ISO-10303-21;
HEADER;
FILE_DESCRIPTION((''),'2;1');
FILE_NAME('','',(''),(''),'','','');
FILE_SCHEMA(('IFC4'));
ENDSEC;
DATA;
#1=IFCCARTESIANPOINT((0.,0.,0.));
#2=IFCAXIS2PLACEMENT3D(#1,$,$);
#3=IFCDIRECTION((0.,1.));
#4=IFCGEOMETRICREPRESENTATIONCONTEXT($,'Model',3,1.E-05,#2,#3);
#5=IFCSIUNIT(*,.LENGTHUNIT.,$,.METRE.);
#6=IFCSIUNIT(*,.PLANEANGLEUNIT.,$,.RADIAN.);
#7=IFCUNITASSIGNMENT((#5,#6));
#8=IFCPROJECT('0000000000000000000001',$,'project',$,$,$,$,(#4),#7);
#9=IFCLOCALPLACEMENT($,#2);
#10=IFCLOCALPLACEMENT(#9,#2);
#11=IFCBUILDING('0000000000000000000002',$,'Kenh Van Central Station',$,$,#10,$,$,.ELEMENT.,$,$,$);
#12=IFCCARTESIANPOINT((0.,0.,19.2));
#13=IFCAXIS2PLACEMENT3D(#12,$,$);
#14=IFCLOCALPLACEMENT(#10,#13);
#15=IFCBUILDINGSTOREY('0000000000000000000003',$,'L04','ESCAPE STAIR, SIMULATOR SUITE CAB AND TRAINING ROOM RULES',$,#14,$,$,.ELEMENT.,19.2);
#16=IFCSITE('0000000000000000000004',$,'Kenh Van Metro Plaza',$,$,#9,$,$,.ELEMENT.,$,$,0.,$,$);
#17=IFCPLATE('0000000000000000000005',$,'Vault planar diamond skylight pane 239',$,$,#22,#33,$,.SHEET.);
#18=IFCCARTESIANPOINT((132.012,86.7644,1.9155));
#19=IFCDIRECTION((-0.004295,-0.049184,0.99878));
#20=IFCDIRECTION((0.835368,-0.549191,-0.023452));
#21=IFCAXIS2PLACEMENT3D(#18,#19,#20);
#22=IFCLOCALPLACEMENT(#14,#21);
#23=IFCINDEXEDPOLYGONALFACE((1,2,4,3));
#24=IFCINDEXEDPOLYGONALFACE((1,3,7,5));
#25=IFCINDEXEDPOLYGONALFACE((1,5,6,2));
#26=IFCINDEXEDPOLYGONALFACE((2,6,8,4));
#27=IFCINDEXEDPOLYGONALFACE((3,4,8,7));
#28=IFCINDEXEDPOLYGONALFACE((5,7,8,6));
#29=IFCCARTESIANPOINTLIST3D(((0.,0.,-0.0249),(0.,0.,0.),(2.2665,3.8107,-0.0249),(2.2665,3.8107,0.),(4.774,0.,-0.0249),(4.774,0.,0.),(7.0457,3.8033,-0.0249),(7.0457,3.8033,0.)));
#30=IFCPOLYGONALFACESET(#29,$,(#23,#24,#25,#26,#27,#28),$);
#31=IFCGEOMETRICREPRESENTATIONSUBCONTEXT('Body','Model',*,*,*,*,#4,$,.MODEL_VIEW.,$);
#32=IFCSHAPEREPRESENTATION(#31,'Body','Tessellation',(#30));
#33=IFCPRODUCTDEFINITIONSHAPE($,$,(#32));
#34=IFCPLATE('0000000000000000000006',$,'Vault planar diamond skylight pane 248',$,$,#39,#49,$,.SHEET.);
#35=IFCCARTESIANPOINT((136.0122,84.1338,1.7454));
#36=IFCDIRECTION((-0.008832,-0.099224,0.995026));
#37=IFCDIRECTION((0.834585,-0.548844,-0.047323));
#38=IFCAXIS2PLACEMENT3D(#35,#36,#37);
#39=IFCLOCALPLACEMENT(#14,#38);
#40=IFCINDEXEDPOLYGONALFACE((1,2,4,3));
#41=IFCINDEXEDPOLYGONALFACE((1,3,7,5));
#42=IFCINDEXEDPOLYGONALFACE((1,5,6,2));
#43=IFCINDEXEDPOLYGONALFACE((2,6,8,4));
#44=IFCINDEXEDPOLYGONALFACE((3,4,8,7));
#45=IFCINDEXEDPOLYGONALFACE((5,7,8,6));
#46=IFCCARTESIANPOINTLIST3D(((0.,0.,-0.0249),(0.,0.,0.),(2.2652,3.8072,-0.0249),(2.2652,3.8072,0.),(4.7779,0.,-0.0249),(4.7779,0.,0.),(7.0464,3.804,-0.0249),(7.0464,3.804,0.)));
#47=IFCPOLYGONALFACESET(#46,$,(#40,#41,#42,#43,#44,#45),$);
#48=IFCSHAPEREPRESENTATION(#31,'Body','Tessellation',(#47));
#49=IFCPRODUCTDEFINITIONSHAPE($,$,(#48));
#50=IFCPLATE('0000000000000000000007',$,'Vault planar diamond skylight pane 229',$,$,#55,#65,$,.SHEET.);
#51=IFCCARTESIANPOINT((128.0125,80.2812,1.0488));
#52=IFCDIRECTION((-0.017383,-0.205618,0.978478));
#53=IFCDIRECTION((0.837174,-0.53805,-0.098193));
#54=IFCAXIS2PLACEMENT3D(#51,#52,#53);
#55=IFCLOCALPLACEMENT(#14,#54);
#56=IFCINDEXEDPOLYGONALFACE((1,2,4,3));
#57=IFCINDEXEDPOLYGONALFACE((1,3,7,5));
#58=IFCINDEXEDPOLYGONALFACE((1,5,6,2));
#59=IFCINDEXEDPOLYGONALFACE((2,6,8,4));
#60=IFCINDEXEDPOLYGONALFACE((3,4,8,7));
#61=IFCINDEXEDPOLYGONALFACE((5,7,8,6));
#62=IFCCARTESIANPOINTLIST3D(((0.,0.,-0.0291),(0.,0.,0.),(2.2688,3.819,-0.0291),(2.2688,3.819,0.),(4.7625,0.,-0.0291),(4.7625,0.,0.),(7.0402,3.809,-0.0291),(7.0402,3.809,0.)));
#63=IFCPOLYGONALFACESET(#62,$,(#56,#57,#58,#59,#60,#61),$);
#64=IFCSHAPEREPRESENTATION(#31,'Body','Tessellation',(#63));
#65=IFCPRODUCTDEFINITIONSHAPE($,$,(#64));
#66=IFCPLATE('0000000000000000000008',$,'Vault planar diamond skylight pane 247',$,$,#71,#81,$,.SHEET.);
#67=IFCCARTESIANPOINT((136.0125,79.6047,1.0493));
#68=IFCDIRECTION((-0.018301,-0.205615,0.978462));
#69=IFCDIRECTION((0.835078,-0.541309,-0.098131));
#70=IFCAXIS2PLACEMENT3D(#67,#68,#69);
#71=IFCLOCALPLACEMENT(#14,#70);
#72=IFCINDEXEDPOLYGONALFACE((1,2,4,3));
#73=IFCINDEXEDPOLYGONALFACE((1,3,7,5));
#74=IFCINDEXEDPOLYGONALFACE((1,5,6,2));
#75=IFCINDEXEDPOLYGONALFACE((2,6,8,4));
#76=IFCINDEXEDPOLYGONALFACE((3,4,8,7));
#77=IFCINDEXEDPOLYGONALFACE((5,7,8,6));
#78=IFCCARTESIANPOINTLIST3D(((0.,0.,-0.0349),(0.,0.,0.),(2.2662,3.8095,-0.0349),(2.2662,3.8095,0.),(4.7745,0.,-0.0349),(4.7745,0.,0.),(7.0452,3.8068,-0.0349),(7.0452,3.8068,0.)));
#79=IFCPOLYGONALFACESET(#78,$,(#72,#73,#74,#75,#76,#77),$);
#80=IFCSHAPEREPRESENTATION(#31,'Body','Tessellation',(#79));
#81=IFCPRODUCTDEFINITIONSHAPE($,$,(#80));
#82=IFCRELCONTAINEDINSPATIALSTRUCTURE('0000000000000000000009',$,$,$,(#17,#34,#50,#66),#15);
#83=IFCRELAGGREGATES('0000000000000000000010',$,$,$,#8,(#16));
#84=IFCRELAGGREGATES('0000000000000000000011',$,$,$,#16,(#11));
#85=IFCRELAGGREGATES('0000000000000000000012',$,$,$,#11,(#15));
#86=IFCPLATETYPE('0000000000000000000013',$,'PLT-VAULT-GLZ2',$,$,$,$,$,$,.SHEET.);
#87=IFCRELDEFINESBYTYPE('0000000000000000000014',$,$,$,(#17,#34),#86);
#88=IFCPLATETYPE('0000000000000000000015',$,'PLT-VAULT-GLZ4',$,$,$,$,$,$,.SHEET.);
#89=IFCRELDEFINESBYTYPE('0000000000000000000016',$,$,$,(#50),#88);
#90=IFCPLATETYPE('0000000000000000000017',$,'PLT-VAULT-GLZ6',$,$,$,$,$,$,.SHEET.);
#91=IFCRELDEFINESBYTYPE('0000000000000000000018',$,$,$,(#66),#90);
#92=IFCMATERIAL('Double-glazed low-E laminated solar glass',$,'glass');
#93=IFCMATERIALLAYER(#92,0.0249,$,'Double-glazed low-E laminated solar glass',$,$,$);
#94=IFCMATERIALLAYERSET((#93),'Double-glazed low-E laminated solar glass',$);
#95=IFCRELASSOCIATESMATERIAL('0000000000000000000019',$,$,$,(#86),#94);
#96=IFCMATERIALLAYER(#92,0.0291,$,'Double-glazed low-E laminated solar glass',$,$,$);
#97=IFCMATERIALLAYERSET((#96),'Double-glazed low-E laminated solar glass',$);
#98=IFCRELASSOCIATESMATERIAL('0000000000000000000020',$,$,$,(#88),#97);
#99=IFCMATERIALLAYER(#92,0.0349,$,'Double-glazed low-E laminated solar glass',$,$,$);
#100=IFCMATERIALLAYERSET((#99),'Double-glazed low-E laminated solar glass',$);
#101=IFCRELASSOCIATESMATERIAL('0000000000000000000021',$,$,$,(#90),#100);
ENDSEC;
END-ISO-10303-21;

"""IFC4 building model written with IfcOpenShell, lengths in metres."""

from ifc_helpers import new_model, si_unit, direction, frame, origin, place, context, subcontext, project, spatial, polyline, outline, extrude, material, layer, layer_set, type_object, element, save


model = new_model("IFC4")

# Units and contexts
model_context = context("Model", 3, precision=1e-05, world=origin(), true_north=direction((0.0, 1.0)))
body_context = subcontext(model_context, "Body", "Model", "MODEL_VIEW")
ifc_project = project(units=[si_unit("LENGTHUNIT", "METRE"), si_unit("PLANEANGLEUNIT", "RADIAN")], contexts=[model_context])

# Site, building, storey
site_placement = place(None, origin())
site = spatial("IfcSite", under=ifc_project, at=site_placement, Name="Kenh Van Metro Plaza", CompositionType="ELEMENT", RefElevation=0.0)
building_placement = place(site_placement, origin())
building = spatial("IfcBuilding", under=site, at=building_placement, Name="Kenh Van Central Station", CompositionType="ELEMENT")
storey_placement = place(building_placement, frame((0.0, 0.0, 19.2)))
storey = spatial("IfcBuildingStorey", under=building, at=storey_placement, Name="L04", Description="ESCAPE STAIR, SIMULATOR SUITE CAB AND TRAINING ROOM RULES", CompositionType="ELEMENT", Elevation=19.2)

# Plates
ifc_material_1 = material(Name="Double-glazed low-E laminated solar glass", Category="glass")
ifc_layer_1 = layer(ifc_material_1, 0.0249, Name="Double-glazed low-E laminated solar glass")
ifc_layer_set_1 = layer_set([ifc_layer_1], Name="Double-glazed low-E laminated solar glass")
plate_type_1 = type_object("IfcPlateType", Name="PLT-VAULT-GLZ2", PredefinedType="SHEET", material=ifc_layer_set_1)
plate_1_placement = place(storey_placement, frame((132.012, 86.7644, 1.9155), z_axis=(-0.004295, -0.049184, 0.99878), x_axis=(0.835368, -0.549191, -0.023452)))
element("IfcPlate", 1, at=plate_1_placement, inside=storey, type_object=plate_type_1, Name="Vault planar diamond skylight pane 239", PredefinedType="SHEET", context=body_context, shape_type="SweptSolid", body=[
    extrude(outline(polyline([(0.0, 0.0), (4.774, 0.0), (7.0457, 3.8033), (2.2665, 3.8107), (0.0, 0.0)])), origin(), (0.0, 0.0, -1.0), 0.0249),
])
plate_2_placement = place(storey_placement, frame((136.0122, 84.1338, 1.7454), z_axis=(-0.008832, -0.099224, 0.995026), x_axis=(0.834585, -0.548844, -0.047323)))
element("IfcPlate", 2, at=plate_2_placement, inside=storey, type_object=plate_type_1, Name="Vault planar diamond skylight pane 248", PredefinedType="SHEET", context=body_context, shape_type="SweptSolid", body=[
    extrude(outline(polyline([(0.0, 0.0), (4.7779, 0.0), (7.0464, 3.804), (2.2652, 3.8072), (0.0, 0.0)])), origin(), (0.0, 0.0, -1.0), 0.0249),
])
ifc_layer_2 = layer(ifc_material_1, 0.0291, Name="Double-glazed low-E laminated solar glass")
ifc_layer_set_2 = layer_set([ifc_layer_2], Name="Double-glazed low-E laminated solar glass")
plate_type_2 = type_object("IfcPlateType", Name="PLT-VAULT-GLZ4", PredefinedType="SHEET", material=ifc_layer_set_2)
plate_3_placement = place(storey_placement, frame((128.0125, 80.2812, 1.0488), z_axis=(-0.017383, -0.205618, 0.978478), x_axis=(0.837174, -0.53805, -0.098193)))
element("IfcPlate", 3, at=plate_3_placement, inside=storey, type_object=plate_type_2, Name="Vault planar diamond skylight pane 229", PredefinedType="SHEET", context=body_context, shape_type="SweptSolid", body=[
    extrude(outline(polyline([(0.0, 0.0), (4.7625, 0.0), (7.0402, 3.809), (2.2688, 3.819), (0.0, 0.0)])), origin(), (0.0, 0.0, -1.0), 0.0291),
])
ifc_layer_3 = layer(ifc_material_1, 0.0349, Name="Double-glazed low-E laminated solar glass")
ifc_layer_set_3 = layer_set([ifc_layer_3], Name="Double-glazed low-E laminated solar glass")
plate_type_3 = type_object("IfcPlateType", Name="PLT-VAULT-GLZ6", PredefinedType="SHEET", material=ifc_layer_set_3)
plate_4_placement = place(storey_placement, frame((136.0125, 79.6047, 1.0493), z_axis=(-0.018301, -0.205615, 0.978462), x_axis=(0.835078, -0.541309, -0.098131)))
element("IfcPlate", 4, at=plate_4_placement, inside=storey, type_object=plate_type_3, Name="Vault planar diamond skylight pane 247", PredefinedType="SHEET", context=body_context, shape_type="SweptSolid", body=[
    extrude(outline(polyline([(0.0, 0.0), (4.7745, 0.0), (7.0452, 3.8068), (2.2662, 3.8095), (0.0, 0.0)])), origin(), (0.0, 0.0, -1.0), 0.0349),
])

save(model, "model.ifc")
